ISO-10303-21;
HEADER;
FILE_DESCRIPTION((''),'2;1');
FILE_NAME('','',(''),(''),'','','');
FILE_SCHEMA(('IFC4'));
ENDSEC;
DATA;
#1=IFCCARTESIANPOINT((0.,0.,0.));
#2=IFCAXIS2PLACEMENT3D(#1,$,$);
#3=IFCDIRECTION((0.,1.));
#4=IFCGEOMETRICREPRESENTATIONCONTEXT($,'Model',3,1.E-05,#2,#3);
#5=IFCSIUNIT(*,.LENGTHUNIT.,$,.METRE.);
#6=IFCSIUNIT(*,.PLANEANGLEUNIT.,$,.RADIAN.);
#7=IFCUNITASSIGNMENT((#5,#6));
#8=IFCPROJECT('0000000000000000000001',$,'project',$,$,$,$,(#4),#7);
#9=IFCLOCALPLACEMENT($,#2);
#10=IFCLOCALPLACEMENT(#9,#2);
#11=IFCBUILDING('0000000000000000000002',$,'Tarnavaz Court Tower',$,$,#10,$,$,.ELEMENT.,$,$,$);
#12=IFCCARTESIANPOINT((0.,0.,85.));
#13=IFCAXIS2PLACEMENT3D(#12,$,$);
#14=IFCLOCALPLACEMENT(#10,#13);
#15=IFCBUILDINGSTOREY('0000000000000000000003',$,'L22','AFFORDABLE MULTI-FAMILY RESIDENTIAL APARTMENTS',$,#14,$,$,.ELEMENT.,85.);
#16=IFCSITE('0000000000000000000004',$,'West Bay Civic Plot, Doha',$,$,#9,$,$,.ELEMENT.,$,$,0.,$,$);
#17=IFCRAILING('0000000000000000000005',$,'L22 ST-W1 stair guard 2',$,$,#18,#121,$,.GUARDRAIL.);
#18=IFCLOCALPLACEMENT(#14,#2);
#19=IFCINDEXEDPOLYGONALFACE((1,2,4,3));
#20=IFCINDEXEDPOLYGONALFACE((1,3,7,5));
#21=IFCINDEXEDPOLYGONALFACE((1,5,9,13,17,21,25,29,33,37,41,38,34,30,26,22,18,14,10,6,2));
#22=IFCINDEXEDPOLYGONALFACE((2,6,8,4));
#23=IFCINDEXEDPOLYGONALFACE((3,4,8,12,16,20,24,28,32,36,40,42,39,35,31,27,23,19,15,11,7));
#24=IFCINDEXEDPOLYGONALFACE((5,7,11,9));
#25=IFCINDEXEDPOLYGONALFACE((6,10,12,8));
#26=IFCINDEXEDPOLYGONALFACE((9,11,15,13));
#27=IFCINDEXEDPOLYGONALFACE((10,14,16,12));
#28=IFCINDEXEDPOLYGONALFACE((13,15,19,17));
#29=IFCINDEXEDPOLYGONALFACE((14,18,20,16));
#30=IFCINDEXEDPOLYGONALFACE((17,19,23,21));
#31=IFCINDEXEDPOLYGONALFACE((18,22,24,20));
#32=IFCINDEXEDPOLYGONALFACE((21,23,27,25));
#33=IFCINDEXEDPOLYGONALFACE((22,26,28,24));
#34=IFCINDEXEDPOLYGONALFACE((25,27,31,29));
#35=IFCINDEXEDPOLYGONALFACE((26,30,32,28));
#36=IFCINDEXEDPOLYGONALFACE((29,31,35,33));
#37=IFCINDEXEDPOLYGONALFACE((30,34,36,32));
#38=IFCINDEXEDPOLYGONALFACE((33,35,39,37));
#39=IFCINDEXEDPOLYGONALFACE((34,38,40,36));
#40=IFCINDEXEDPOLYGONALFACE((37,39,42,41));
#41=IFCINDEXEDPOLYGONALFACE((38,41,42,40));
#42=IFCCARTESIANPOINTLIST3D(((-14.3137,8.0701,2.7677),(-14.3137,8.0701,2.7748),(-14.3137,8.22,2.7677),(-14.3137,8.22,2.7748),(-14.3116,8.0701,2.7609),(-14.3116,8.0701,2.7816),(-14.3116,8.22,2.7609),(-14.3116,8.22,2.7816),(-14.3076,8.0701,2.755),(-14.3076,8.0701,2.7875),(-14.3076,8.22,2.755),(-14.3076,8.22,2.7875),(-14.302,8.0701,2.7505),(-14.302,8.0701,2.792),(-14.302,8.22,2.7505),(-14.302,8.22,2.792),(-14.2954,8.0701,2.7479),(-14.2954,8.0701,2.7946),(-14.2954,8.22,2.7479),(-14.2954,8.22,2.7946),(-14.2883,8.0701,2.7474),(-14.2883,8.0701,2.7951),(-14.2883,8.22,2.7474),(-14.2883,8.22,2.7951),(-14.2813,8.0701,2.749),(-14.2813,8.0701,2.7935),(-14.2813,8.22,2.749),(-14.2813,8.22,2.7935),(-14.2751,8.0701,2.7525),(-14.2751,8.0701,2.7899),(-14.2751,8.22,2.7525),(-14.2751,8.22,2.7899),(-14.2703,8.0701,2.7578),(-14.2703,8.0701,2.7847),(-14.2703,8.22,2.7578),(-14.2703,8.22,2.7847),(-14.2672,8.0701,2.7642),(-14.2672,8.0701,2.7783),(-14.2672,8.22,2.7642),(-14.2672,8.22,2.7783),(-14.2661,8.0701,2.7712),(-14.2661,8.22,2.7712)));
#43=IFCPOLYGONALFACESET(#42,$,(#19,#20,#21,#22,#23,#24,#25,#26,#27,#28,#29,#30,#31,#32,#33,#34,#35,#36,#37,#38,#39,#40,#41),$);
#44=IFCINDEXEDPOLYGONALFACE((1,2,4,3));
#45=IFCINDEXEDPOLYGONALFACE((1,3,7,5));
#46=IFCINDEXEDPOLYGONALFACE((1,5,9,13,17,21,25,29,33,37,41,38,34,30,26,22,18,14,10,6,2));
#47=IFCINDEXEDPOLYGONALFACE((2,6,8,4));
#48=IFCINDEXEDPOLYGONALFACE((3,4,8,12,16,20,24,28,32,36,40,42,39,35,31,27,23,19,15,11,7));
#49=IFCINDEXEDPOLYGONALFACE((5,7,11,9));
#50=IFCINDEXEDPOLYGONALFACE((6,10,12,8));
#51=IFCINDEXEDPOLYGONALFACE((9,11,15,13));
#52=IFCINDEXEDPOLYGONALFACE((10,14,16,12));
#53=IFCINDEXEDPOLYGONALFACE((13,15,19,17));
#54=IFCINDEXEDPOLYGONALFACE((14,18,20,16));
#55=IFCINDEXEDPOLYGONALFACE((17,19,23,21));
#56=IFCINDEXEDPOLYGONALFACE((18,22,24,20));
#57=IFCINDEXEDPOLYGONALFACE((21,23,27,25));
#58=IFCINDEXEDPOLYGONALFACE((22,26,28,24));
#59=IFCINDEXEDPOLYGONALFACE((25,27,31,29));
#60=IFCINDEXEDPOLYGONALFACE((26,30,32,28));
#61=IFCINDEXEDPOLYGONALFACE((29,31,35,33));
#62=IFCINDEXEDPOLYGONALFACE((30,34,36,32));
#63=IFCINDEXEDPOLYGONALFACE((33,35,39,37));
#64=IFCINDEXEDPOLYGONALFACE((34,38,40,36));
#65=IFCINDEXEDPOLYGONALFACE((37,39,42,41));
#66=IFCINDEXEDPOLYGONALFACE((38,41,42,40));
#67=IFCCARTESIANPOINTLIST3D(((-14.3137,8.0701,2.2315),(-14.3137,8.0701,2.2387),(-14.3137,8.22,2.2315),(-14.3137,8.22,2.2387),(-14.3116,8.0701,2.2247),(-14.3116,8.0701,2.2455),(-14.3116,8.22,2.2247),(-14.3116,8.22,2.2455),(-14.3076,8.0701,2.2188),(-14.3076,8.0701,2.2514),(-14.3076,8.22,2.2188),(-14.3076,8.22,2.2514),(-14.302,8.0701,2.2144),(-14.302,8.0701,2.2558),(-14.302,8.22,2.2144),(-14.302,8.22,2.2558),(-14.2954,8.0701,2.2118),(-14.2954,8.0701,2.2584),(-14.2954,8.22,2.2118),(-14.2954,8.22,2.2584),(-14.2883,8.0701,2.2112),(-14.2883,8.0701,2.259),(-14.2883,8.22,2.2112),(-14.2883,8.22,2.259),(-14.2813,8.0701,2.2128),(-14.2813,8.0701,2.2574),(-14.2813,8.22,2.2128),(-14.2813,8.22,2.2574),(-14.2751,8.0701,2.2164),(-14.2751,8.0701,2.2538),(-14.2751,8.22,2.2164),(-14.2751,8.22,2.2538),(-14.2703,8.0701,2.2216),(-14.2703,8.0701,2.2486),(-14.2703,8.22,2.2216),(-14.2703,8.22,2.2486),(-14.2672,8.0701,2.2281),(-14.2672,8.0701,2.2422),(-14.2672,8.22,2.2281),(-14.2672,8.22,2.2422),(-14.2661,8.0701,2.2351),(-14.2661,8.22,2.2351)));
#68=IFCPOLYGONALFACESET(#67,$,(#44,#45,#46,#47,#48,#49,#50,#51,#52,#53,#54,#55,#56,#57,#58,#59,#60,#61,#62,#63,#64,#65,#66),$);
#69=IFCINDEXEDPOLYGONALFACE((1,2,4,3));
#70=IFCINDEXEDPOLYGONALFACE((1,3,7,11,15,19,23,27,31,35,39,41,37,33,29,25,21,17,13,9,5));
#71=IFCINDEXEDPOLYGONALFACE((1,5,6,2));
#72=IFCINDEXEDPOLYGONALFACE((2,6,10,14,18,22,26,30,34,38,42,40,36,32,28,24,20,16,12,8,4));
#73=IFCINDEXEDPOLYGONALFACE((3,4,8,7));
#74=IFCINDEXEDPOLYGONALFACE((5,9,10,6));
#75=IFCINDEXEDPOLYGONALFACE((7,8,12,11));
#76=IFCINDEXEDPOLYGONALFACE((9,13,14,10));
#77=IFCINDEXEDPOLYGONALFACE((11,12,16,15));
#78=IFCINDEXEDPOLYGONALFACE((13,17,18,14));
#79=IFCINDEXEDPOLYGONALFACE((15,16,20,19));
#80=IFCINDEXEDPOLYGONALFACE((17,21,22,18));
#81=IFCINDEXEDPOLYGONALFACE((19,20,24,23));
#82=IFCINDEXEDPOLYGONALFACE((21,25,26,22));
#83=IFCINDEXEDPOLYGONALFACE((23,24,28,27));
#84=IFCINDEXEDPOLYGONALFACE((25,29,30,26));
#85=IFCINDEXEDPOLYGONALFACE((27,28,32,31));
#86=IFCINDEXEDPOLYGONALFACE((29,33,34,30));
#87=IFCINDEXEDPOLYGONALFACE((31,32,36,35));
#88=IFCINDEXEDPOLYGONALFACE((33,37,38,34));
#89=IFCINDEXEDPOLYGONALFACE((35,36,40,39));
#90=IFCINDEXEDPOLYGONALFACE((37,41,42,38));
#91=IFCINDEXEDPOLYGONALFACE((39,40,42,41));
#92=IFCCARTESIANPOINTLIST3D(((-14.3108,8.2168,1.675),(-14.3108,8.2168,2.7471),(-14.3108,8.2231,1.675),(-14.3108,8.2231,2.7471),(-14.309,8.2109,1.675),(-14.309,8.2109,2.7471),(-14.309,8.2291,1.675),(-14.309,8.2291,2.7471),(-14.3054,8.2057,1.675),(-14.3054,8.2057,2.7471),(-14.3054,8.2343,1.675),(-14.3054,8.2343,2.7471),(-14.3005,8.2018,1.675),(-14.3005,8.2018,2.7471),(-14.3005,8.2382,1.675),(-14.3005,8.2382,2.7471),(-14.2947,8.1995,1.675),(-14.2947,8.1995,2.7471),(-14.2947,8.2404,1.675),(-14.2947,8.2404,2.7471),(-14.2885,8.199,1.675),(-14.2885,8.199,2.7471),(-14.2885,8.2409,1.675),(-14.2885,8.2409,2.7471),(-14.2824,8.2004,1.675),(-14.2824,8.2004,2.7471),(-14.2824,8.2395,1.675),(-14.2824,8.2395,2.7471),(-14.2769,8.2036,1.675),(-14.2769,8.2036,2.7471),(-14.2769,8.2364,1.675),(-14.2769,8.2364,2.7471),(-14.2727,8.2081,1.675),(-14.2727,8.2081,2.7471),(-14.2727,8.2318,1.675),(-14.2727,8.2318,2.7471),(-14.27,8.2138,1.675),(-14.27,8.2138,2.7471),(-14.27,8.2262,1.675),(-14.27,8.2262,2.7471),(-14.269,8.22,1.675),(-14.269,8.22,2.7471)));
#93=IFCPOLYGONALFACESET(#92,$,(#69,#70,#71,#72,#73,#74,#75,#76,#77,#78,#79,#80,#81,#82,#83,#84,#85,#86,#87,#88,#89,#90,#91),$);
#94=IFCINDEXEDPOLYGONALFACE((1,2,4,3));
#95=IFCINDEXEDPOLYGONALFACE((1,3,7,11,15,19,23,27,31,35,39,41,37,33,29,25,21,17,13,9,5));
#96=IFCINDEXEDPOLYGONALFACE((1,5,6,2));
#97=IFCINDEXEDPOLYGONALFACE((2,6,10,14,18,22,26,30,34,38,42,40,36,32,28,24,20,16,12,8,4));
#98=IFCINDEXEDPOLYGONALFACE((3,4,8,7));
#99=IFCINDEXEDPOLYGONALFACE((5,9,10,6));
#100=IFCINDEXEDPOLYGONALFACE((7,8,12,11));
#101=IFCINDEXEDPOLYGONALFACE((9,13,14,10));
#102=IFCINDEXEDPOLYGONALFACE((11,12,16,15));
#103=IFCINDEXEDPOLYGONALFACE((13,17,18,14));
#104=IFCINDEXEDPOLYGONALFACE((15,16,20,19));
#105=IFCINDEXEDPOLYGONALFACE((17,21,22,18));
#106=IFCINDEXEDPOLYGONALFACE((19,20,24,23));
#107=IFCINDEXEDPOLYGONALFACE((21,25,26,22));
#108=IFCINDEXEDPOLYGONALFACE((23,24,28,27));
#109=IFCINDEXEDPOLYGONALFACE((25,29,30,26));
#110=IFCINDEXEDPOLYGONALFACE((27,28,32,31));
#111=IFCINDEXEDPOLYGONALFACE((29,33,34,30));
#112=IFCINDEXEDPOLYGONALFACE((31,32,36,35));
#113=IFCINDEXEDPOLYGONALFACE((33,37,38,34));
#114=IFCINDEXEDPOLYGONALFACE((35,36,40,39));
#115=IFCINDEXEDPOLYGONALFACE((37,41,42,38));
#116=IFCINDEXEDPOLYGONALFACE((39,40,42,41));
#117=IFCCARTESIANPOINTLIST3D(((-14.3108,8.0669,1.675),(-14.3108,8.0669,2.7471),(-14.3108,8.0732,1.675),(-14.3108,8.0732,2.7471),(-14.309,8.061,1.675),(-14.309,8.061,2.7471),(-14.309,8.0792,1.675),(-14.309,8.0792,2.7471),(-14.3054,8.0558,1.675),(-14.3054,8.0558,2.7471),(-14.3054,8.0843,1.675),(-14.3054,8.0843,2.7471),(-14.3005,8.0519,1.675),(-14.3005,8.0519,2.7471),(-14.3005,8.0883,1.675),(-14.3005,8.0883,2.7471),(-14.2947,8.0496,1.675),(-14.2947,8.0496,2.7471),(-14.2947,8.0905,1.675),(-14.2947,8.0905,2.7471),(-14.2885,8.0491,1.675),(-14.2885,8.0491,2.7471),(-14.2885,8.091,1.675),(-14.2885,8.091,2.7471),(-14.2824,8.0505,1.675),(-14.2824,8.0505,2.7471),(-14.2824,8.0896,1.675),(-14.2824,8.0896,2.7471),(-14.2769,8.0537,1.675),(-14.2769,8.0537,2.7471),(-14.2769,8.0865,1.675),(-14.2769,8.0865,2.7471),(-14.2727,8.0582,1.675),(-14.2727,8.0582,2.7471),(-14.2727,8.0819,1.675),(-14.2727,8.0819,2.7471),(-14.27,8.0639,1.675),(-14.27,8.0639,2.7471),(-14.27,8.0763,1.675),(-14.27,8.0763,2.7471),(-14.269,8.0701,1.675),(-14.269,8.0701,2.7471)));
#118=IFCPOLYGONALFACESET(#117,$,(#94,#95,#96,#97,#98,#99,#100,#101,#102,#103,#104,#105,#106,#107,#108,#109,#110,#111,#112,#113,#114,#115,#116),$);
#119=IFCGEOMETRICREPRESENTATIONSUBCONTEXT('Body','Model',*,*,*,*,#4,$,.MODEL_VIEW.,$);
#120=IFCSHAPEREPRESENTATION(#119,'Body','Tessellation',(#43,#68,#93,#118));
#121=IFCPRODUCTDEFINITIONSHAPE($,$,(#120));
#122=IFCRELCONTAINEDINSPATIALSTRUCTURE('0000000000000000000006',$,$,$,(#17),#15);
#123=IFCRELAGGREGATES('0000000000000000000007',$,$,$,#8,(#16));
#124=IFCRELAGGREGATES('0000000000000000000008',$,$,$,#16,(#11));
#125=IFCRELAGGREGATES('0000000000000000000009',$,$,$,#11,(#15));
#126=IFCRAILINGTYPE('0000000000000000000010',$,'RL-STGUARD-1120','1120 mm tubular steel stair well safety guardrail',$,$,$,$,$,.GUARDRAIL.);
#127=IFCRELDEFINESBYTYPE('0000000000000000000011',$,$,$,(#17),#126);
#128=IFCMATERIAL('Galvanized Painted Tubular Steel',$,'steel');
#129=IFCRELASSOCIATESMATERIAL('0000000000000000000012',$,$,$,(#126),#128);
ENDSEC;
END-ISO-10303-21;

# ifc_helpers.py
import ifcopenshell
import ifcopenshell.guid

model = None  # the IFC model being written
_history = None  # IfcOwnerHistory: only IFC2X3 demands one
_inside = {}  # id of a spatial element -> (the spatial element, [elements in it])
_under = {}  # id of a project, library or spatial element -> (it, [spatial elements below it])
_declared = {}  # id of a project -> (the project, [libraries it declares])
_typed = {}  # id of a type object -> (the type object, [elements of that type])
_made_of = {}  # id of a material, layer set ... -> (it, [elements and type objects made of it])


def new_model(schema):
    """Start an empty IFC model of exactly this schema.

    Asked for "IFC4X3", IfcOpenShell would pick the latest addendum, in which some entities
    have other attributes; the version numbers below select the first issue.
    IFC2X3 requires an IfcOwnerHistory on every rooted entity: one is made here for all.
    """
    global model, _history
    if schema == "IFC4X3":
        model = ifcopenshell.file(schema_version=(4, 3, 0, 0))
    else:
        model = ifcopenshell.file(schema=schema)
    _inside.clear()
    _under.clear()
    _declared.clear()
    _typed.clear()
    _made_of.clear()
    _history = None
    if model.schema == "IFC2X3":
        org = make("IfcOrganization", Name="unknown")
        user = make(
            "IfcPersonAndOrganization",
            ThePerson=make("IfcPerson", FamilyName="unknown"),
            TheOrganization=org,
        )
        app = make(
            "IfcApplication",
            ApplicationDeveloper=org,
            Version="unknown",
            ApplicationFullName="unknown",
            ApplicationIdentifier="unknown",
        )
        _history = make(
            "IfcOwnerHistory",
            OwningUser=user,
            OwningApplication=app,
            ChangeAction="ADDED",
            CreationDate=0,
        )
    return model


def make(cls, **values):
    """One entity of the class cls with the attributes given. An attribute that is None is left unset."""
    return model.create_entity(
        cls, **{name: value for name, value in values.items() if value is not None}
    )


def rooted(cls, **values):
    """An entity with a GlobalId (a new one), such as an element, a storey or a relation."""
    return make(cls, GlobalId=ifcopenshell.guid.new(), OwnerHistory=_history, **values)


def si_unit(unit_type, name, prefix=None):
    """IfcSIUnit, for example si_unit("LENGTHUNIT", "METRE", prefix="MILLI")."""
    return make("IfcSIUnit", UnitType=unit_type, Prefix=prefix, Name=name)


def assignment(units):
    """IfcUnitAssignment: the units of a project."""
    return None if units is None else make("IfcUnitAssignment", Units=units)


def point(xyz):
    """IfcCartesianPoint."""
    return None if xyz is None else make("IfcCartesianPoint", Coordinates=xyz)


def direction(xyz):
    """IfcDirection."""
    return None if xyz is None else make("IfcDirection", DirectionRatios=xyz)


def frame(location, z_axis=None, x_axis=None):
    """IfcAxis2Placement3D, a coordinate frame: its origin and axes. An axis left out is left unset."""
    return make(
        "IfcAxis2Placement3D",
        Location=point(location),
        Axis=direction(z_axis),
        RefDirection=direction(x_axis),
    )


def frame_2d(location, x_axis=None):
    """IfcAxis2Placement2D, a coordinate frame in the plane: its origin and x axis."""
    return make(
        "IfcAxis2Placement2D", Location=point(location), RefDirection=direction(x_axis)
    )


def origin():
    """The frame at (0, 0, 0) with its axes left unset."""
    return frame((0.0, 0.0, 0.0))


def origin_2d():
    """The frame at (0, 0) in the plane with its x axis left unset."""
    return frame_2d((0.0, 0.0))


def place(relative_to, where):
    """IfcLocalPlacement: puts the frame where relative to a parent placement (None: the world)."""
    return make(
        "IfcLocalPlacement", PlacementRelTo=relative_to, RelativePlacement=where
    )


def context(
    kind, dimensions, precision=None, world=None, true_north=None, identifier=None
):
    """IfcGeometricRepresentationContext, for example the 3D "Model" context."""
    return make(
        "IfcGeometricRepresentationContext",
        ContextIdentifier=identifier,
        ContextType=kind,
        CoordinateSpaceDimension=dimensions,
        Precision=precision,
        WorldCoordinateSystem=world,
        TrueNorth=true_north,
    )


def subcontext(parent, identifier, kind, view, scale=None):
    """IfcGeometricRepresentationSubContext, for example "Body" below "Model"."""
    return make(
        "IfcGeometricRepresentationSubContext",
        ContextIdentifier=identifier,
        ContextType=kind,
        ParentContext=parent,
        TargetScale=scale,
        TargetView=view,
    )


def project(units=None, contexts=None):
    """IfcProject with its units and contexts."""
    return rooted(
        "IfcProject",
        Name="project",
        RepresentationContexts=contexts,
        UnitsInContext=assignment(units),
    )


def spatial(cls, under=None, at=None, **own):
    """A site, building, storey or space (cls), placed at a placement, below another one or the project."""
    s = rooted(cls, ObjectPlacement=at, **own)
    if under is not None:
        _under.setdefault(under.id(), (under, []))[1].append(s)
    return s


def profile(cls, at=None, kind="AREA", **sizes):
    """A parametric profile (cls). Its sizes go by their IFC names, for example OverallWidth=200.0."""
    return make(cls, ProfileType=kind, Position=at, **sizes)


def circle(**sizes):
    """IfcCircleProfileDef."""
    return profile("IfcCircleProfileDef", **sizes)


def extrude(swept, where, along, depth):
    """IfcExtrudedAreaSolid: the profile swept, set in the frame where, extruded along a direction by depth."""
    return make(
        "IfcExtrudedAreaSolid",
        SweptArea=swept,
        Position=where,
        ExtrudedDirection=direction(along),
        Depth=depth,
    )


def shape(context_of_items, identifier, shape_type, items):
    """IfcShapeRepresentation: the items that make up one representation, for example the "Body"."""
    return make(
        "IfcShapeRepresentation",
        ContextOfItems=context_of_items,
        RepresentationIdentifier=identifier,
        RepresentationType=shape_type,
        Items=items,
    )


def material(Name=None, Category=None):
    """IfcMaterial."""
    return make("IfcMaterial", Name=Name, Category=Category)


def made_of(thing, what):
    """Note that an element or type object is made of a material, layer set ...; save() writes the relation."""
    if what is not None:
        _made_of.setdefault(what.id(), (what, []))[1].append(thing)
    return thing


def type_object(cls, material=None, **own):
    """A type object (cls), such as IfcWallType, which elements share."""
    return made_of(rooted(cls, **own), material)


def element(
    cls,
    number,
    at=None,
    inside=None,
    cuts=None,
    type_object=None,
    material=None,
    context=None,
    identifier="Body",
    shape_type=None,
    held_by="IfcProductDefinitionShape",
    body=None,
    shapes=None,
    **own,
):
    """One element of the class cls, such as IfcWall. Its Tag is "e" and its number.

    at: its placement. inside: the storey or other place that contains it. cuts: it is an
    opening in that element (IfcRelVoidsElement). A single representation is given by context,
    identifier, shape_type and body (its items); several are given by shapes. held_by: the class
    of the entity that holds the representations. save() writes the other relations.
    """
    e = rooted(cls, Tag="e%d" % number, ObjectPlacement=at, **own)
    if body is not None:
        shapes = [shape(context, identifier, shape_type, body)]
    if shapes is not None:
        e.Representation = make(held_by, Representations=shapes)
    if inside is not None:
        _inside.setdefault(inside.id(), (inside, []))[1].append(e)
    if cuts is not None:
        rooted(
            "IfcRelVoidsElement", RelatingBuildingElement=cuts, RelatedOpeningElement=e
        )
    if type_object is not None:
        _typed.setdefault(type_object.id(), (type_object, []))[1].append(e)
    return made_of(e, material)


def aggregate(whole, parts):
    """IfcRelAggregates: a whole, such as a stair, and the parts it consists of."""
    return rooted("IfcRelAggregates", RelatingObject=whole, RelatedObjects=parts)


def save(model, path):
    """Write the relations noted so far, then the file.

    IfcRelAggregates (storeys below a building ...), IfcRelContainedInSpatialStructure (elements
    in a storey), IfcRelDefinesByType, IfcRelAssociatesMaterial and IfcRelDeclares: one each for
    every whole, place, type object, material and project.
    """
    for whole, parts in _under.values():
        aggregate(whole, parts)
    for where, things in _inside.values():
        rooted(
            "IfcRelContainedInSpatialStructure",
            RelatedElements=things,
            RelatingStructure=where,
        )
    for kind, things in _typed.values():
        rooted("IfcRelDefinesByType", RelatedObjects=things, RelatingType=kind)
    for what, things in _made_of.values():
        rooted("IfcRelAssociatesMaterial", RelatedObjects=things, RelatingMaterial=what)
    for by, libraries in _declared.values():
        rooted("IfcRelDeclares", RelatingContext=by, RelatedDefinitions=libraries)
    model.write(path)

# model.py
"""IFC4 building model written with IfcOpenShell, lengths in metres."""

from ifc_helpers import new_model, si_unit, direction, frame, origin, origin_2d, place, context, subcontext, project, spatial, circle, extrude, material, type_object, element, save


model = new_model("IFC4")

# Units and contexts
model_context = context("Model", 3, precision=1e-05, world=origin(), true_north=direction((0.0, 1.0)))
body_context = subcontext(model_context, "Body", "Model", "MODEL_VIEW")
ifc_project = project(units=[si_unit("LENGTHUNIT", "METRE"), si_unit("PLANEANGLEUNIT", "RADIAN")], contexts=[model_context])

# Site, building, storey
site_placement = place(None, origin())
site = spatial("IfcSite", under=ifc_project, at=site_placement, Name="West Bay Civic Plot, Doha", CompositionType="ELEMENT", RefElevation=0.0)
building_placement = place(site_placement, origin())
building = spatial("IfcBuilding", under=site, at=building_placement, Name="Tarnavaz Court Tower", CompositionType="ELEMENT")
storey_placement = place(building_placement, frame((0.0, 0.0, 85.0)))
storey = spatial("IfcBuildingStorey", under=building, at=storey_placement, Name="L22", Description="AFFORDABLE MULTI-FAMILY RESIDENTIAL APARTMENTS", CompositionType="ELEMENT", Elevation=85.0)

# Railing
ifc_material_1 = material(Name="Galvanized Painted Tubular Steel", Category="steel")
railing_type_1 = type_object("IfcRailingType", Name="RL-STGUARD-1120", Description="1120 mm tubular steel stair well safety guardrail", PredefinedType="GUARDRAIL", material=ifc_material_1)
railing_1_placement = place(storey_placement, frame((-14.29, 8.22, 1.675)))
element("IfcRailing", 1, at=railing_1_placement, inside=storey, type_object=railing_type_1, Name="L22 ST-W1 stair guard 2", PredefinedType="GUARDRAIL", context=body_context, shape_type="SweptSolid", body=[
    extrude(circle(Radius=0.0239, at=origin_2d()), frame((0.0, 0.0, 1.0962), z_axis=(0.0, -1.0, 0.0), x_axis=(1.0, 0.0, 0.0)), (0.0, 0.0, 1.0), 0.1499),
    extrude(circle(Radius=0.0239, at=origin_2d()), frame((0.0, 0.0, 0.5601), z_axis=(0.0, -1.0, 0.0), x_axis=(1.0, 0.0, 0.0)), (0.0, 0.0, 1.0), 0.1499),
    extrude(circle(Radius=0.021, at=origin_2d()), origin(), (0.0, 0.0, 1.0), 1.072),
    extrude(circle(Radius=0.021, at=origin_2d()), frame((0.0, -0.1499, 0.0)), (0.0, 0.0, 1.0), 1.072),
])

save(model, "model.ifc")
